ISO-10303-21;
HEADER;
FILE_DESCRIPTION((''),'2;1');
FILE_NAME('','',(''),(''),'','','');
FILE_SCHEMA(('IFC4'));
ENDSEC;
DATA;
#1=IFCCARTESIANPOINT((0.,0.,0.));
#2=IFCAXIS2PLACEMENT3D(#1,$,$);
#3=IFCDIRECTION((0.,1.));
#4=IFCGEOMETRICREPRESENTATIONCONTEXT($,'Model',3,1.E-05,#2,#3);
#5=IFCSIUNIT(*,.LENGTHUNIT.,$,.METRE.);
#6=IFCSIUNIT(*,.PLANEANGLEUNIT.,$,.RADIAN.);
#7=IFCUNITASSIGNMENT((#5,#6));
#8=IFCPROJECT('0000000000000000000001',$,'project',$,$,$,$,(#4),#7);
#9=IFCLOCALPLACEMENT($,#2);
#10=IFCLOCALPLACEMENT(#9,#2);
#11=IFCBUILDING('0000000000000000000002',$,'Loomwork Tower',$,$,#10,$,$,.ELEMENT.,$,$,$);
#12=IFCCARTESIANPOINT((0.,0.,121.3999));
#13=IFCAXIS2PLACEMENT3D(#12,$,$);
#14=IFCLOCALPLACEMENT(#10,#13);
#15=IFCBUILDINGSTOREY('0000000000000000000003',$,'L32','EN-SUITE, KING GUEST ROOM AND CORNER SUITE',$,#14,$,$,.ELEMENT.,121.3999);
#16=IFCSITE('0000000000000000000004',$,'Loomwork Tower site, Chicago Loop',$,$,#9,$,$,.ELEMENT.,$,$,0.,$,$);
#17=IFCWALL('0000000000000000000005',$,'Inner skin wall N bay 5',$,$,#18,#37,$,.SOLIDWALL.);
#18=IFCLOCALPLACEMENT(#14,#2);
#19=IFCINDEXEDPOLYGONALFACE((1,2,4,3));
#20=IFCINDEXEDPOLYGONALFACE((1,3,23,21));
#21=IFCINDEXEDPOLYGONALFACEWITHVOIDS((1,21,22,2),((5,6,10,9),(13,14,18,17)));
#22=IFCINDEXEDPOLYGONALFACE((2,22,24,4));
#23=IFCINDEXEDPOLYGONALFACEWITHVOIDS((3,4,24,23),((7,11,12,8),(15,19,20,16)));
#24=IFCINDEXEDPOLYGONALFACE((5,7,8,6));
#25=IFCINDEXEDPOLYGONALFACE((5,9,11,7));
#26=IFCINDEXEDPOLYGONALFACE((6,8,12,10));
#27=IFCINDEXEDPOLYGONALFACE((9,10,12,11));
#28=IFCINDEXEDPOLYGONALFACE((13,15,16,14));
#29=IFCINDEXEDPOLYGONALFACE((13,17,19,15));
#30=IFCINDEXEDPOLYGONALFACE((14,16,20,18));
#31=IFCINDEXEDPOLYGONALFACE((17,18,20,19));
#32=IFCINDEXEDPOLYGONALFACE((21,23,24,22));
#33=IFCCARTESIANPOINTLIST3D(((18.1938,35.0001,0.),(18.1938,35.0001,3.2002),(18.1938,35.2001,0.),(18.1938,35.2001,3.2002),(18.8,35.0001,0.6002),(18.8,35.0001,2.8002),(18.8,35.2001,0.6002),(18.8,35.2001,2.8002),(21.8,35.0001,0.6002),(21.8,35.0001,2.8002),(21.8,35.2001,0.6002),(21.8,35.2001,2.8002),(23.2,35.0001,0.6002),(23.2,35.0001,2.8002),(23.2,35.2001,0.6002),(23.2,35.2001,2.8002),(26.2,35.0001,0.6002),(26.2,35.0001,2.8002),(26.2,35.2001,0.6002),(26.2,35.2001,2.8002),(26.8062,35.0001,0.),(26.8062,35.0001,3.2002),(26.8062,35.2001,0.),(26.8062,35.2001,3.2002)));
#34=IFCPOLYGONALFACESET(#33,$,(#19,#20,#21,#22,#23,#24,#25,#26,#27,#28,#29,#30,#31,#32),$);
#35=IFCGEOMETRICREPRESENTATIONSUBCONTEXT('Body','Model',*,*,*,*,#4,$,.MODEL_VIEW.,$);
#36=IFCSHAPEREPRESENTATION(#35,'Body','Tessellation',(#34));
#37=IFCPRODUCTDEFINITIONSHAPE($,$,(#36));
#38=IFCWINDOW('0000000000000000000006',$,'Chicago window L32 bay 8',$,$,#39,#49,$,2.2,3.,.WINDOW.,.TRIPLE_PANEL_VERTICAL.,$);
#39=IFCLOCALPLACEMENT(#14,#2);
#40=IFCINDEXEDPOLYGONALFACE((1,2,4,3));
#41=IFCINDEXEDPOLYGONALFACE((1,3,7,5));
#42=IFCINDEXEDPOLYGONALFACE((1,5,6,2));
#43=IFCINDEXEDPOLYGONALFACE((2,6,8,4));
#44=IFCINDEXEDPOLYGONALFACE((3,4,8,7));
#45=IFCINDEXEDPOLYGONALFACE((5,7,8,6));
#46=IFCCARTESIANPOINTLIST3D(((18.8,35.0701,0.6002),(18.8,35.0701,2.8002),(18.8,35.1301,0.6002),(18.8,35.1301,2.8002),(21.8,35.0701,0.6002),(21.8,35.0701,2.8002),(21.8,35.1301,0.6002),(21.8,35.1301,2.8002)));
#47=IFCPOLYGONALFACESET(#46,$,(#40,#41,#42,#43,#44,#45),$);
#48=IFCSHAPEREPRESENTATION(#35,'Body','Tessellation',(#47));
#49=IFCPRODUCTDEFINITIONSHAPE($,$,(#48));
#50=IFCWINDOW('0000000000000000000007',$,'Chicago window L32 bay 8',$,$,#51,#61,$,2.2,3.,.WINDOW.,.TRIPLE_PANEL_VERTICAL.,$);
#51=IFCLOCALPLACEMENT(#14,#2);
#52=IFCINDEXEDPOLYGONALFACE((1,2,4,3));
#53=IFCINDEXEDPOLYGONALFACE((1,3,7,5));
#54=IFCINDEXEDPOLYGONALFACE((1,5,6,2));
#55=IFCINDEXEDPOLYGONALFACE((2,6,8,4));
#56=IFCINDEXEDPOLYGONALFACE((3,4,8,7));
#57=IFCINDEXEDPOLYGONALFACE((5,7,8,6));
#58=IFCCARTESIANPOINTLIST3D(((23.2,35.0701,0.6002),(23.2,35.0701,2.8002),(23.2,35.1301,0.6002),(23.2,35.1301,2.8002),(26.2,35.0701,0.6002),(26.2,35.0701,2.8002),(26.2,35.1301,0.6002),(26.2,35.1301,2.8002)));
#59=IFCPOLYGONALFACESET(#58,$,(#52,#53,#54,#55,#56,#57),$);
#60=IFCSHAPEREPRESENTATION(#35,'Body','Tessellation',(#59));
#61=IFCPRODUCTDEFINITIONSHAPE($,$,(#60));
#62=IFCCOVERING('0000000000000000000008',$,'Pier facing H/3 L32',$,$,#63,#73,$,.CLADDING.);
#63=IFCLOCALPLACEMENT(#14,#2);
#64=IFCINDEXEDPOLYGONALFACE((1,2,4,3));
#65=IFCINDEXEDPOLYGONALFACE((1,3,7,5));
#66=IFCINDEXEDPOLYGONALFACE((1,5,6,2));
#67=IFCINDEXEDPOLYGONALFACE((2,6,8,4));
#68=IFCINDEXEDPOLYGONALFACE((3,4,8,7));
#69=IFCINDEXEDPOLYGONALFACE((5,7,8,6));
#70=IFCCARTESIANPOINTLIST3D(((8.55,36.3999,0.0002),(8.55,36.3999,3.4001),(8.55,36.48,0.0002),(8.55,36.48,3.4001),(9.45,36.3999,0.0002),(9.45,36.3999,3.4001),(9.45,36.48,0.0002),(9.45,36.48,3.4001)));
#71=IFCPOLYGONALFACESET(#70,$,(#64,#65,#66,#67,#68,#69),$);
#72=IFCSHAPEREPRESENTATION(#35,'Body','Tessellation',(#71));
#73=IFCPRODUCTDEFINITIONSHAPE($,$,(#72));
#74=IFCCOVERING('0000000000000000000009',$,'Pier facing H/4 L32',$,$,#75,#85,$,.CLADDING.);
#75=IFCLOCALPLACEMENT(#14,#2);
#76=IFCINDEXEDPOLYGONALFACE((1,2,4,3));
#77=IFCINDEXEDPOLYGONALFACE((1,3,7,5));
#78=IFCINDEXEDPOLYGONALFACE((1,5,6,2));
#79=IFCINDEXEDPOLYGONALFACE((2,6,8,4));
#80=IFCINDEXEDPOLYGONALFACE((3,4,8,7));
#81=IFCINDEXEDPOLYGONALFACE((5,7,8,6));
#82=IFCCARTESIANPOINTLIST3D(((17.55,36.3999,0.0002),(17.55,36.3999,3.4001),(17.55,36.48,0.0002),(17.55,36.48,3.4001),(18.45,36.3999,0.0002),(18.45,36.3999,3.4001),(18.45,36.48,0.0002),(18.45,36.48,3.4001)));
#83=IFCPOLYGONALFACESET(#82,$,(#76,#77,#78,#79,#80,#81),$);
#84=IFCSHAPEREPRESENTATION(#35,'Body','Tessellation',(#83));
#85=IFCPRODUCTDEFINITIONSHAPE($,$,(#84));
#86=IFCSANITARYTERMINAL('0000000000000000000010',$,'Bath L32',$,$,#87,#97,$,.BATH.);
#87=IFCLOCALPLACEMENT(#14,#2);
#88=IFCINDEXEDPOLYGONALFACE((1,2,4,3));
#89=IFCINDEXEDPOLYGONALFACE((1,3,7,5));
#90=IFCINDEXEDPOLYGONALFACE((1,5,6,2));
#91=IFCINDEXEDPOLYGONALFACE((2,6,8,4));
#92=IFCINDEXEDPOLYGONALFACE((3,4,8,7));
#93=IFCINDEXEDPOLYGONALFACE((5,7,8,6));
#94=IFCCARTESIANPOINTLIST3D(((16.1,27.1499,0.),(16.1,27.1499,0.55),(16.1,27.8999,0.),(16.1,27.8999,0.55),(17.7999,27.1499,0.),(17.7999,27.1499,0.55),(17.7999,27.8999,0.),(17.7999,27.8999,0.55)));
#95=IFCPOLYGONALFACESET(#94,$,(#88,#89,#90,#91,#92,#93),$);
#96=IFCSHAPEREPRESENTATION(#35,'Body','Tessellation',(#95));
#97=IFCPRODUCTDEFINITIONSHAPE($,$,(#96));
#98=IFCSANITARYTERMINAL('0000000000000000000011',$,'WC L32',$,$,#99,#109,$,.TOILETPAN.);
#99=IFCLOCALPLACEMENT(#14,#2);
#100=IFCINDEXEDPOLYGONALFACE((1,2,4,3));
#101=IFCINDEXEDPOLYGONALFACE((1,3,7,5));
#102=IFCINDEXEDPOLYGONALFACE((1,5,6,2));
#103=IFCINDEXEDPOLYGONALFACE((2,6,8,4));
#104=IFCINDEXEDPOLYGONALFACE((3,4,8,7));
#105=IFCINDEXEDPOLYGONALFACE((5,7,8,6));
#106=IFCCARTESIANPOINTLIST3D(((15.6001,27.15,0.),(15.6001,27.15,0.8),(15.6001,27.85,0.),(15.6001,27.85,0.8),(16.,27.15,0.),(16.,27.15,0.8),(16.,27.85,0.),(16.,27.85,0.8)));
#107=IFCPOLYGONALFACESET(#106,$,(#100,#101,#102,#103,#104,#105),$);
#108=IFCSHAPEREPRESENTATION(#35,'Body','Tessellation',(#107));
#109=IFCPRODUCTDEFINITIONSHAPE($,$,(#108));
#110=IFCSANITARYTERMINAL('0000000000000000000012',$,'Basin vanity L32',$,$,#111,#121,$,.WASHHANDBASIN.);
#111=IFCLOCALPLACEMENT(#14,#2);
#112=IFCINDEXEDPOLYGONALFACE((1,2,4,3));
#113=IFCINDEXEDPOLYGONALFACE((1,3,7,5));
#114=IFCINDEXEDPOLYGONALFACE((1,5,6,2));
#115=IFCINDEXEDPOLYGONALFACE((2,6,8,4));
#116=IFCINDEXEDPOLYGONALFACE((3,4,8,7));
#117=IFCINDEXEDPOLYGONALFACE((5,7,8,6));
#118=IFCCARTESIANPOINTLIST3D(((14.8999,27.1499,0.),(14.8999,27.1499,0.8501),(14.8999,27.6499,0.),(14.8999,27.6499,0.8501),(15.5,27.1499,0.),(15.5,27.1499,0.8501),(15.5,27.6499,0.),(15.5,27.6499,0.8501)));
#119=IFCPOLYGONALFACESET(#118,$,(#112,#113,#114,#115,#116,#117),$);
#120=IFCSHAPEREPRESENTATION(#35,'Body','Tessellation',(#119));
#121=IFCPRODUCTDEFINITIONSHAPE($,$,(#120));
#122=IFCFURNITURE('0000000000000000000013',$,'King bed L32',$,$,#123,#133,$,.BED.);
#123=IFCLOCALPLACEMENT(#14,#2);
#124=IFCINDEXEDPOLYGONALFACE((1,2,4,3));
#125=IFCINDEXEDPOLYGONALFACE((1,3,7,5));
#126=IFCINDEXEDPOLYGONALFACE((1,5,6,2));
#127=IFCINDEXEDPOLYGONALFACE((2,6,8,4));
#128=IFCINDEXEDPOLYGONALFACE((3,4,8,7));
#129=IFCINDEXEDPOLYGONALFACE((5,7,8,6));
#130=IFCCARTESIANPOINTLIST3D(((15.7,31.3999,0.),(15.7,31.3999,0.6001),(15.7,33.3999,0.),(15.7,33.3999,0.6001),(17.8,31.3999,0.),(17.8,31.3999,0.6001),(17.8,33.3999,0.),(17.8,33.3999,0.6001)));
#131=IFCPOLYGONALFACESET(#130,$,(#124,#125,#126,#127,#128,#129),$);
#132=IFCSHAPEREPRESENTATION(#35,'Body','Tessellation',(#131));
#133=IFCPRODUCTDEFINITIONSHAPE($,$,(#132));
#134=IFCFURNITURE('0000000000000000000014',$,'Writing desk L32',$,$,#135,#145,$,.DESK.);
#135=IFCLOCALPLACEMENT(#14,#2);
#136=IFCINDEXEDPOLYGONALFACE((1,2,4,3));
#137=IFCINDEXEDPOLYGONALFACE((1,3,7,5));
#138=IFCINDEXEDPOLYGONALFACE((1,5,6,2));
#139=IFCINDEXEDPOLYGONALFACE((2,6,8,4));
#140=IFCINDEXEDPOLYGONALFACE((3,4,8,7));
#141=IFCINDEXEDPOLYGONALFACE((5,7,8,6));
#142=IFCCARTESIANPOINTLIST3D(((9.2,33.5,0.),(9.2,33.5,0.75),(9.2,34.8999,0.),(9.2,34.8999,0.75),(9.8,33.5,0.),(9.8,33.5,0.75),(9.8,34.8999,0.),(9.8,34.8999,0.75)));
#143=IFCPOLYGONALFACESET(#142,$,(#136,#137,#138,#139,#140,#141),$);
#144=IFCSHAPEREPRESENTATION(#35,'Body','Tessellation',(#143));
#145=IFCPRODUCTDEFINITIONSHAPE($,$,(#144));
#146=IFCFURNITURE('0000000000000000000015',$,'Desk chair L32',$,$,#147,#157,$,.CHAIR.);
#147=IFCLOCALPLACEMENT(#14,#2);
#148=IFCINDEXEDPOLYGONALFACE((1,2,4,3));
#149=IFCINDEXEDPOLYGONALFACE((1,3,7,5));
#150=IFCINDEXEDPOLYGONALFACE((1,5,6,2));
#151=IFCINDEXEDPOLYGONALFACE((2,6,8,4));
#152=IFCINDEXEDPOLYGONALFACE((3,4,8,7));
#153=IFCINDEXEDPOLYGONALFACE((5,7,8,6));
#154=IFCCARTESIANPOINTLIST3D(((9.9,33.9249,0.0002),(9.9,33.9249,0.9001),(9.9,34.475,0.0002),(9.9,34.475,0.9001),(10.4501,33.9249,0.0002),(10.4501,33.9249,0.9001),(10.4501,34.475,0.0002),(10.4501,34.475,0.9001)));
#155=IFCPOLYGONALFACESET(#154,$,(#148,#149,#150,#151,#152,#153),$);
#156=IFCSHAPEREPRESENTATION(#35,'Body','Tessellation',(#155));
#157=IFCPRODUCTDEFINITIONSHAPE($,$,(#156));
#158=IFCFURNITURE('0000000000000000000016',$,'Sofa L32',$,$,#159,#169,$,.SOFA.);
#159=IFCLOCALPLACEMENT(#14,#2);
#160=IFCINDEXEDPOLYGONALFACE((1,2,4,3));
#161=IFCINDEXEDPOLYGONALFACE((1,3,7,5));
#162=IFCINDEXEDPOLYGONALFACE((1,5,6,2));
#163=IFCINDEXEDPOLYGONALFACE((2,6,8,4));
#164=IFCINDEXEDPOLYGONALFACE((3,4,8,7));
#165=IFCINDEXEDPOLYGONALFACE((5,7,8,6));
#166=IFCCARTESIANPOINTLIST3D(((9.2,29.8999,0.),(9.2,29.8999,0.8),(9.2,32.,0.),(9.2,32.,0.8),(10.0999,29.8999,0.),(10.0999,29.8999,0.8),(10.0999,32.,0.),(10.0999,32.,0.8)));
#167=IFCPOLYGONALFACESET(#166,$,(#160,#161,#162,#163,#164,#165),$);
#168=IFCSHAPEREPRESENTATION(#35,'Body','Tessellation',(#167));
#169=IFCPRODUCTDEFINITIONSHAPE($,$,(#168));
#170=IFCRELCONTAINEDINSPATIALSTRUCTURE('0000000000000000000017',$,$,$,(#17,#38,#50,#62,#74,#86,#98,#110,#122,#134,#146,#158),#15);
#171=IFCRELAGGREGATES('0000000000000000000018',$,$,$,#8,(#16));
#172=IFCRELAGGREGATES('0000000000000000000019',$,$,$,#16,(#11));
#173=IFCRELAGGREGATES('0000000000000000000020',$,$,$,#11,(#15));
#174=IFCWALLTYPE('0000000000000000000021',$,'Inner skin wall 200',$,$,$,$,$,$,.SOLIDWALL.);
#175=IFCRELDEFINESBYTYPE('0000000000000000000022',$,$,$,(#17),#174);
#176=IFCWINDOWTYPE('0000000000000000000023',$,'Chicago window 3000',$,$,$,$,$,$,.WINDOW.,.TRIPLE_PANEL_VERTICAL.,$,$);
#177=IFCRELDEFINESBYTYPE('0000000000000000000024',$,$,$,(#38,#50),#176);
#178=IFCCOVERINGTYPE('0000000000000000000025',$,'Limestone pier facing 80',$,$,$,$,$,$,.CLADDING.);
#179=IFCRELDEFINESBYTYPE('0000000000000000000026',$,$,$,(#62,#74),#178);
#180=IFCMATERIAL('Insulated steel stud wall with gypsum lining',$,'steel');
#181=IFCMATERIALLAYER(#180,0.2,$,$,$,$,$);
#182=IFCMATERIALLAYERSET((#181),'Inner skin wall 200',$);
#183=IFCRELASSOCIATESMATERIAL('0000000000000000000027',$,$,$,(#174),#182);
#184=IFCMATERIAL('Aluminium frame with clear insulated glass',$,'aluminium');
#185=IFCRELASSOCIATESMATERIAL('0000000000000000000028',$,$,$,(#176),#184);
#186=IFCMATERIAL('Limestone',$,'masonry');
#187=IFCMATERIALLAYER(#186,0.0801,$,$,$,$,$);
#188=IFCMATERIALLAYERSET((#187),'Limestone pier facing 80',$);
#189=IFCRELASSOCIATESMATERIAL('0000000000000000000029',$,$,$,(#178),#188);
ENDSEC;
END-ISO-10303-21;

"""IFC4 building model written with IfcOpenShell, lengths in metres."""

from ifc_helpers import new_model, si_unit, direction, frame, frame_2d, origin, origin_2d, place, context, subcontext, project, spatial, rectangle, extrude, material, layer, layer_set, type_object, element, fill, save


model = new_model("IFC4")

# Units and contexts
model_context = context("Model", 3, precision=1e-05, world=origin(), true_north=direction((0.0, 1.0)))
body_context = subcontext(model_context, "Body", "Model", "MODEL_VIEW")
ifc_project = project(units=[si_unit("LENGTHUNIT", "METRE"), si_unit("PLANEANGLEUNIT", "RADIAN")], contexts=[model_context])

# Site, building, storey
site_placement = place(None, origin())
site = spatial("IfcSite", under=ifc_project, at=site_placement, Name="Loomwork Tower site, Chicago Loop", CompositionType="ELEMENT", RefElevation=0.0)
building_placement = place(site_placement, origin())
building = spatial("IfcBuilding", under=site, at=building_placement, Name="Loomwork Tower", CompositionType="ELEMENT")
storey_placement = place(building_placement, frame((0.0, 0.0, 121.3999)))
storey = spatial("IfcBuildingStorey", under=building, at=storey_placement, Name="L32", Description="EN-SUITE, KING GUEST ROOM AND CORNER SUITE", CompositionType="ELEMENT", Elevation=121.3999)

# Shared definitions
ifc_material_1 = material(Name="Insulated steel stud wall with gypsum lining", Category="steel")
ifc_layer_1 = layer(ifc_material_1, 0.2)
ifc_layer_set_1 = layer_set([ifc_layer_1], Name="Inner skin wall 200")
wall_type_1 = type_object("IfcWallType", Name="Inner skin wall 200", PredefinedType="SOLIDWALL", material=ifc_layer_set_1)

# Shared definitions
ifc_material_2 = material(Name="Aluminium frame with clear insulated glass", Category="aluminium")
window_type = type_object("IfcWindowType", Name="Chicago window 3000", PartitioningType="TRIPLE_PANEL_VERTICAL", PredefinedType="WINDOW", material=ifc_material_2)

# Wall, openings, windows
wall_1_placement = place(storey_placement, frame((18.1938, 35.1001, 0.0), z_axis=(0.0, 0.0, 1.0), x_axis=(1.0, 0.0, 0.0)))
wall_1 = element("IfcWall", 1, at=wall_1_placement, inside=storey, type_object=wall_type_1, Name="Inner skin wall N bay 5", PredefinedType="SOLIDWALL", context=body_context, shape_type="SweptSolid", body=[
    extrude(rectangle(XDim=8.6123, YDim=0.2, at=frame_2d((4.3062, 0.0))), origin(), (0.0, 0.0, 1.0), 3.2002),
])
opening_1_placement = place(wall_1_placement, frame((0.6062, 0.0, 0.6001)))
opening_1 = element("IfcOpeningElement", 2, at=opening_1_placement, cuts=wall_1, PredefinedType="OPENING", context=body_context, shape_type="SweptSolid", body=[
    extrude(rectangle(XDim=3.0, YDim=2.2, at=frame_2d((1.5, 1.1001))), frame((0.0, 0.1099, 0.0), z_axis=(0.0, -1.0, 0.0), x_axis=(1.0, 0.0, 0.0)), (0.0, 0.0, 1.0), 0.22),
])
opening_2_placement = place(wall_1_placement, frame((5.0061, 0.0, 0.6001)))
opening_2 = element("IfcOpeningElement", 3, at=opening_2_placement, cuts=wall_1, PredefinedType="OPENING", context=body_context, shape_type="SweptSolid", body=[
    extrude(rectangle(XDim=3.0, YDim=2.2, at=frame_2d((1.5, 1.1001))), frame((0.0, 0.1099, 0.0), z_axis=(0.0, -1.0, 0.0), x_axis=(1.0, 0.0, 0.0)), (0.0, 0.0, 1.0), 0.22),
])
window_1_placement = place(opening_1_placement, origin())
window_1 = element("IfcWindow", 4, at=window_1_placement, inside=storey, type_object=window_type, Name="Chicago window L32 bay 8", OverallHeight=2.2, OverallWidth=3.0, PartitioningType="TRIPLE_PANEL_VERTICAL", PredefinedType="WINDOW", context=body_context, shape_type="SweptSolid", body=[
    extrude(rectangle(XDim=3.0, YDim=2.2, at=frame_2d((1.5, 1.1001))), frame((0.0, 0.03, 0.0), z_axis=(0.0, -1.0, 0.0), x_axis=(1.0, 0.0, 0.0)), (0.0, 0.0, 1.0), 0.0601),
])
fill(opening_1, window_1)
window_2_placement = place(opening_2_placement, origin())
window_2 = element("IfcWindow", 5, at=window_2_placement, inside=storey, type_object=window_type, Name="Chicago window L32 bay 8", OverallHeight=2.2, OverallWidth=3.0, PartitioningType="TRIPLE_PANEL_VERTICAL", PredefinedType="WINDOW", context=body_context, shape_type="SweptSolid", body=[
    extrude(rectangle(XDim=3.0, YDim=2.2, at=frame_2d((1.5, 1.1001))), frame((0.0, 0.03, 0.0), z_axis=(0.0, -1.0, 0.0), x_axis=(1.0, 0.0, 0.0)), (0.0, 0.0, 1.0), 0.0601),
])
fill(opening_2, window_2)

# Coverings
ifc_material_3 = material(Name="Limestone", Category="masonry")
ifc_layer_2 = layer(ifc_material_3, 0.0801)
ifc_layer_set_2 = layer_set([ifc_layer_2], Name="Limestone pier facing 80")
covering_type = type_object("IfcCoveringType", Name="Limestone pier facing 80", PredefinedType="CLADDING", material=ifc_layer_set_2)
for number, where, z_axis, x_axis, name in (
    (6, (9.0, 36.4399, 0.0002), (0.0, 0.0, 1.0), (1.0, 0.0, 0.0), "Pier facing H/3 L32"),
    (7, (18.0, 36.4399, 0.0002), (0.0, 0.0, 1.0), (1.0, 0.0, 0.0), "Pier facing H/4 L32"),
):
    element("IfcCovering", number, at=place(storey_placement, frame(where, z_axis=z_axis, x_axis=x_axis)), inside=storey, type_object=covering_type, Name=name, PredefinedType="CLADDING", context=body_context, shape_type="SweptSolid", body=[
        extrude(rectangle(XDim=0.8999, YDim=0.0801, at=origin_2d()), origin(), (0.0, 0.0, 1.0), 3.3999),
    ])

# Sanitary terminals
sanitary_terminal_1_placement = place(storey_placement, frame((16.95, 27.5249, 0.0), z_axis=(0.0, 0.0, 1.0), x_axis=(1.0, 0.0, 0.0)))
element("IfcSanitaryTerminal", 8, at=sanitary_terminal_1_placement, inside=storey, Name="Bath L32", PredefinedType="BATH", context=body_context, shape_type="SweptSolid", body=[
    extrude(rectangle(XDim=1.7, YDim=0.75, at=origin_2d()), origin(), (0.0, 0.0, 1.0), 0.55),
])
sanitary_terminal_2_placement = place(storey_placement, frame((15.8, 27.5, 0.0), z_axis=(0.0, 0.0, 1.0), x_axis=(1.0, 0.0, 0.0)))
element("IfcSanitaryTerminal", 9, at=sanitary_terminal_2_placement, inside=storey, Name="WC L32", PredefinedType="TOILETPAN", context=body_context, shape_type="SweptSolid", body=[
    extrude(rectangle(XDim=0.3999, YDim=0.7, at=origin_2d()), origin(), (0.0, 0.0, 1.0), 0.8),
])
sanitary_terminal_3_placement = place(storey_placement, frame((15.2, 27.3999, 0.0), z_axis=(0.0, 0.0, 1.0), x_axis=(1.0, 0.0, 0.0)))
element("IfcSanitaryTerminal", 10, at=sanitary_terminal_3_placement, inside=storey, Name="Basin vanity L32", PredefinedType="WASHHANDBASIN", context=body_context, shape_type="SweptSolid", body=[
    extrude(rectangle(XDim=0.6001, YDim=0.5, at=origin_2d()), origin(), (0.0, 0.0, 1.0), 0.8501),
])

# Furniture
furniture_1_placement = place(storey_placement, frame((16.75, 32.3999, 0.0), z_axis=(0.0, 0.0, 1.0), x_axis=(1.0, 0.0, 0.0)))
element("IfcFurniture", 11, at=furniture_1_placement, inside=storey, Name="King bed L32", PredefinedType="BED", context=body_context, shape_type="SweptSolid", body=[
    extrude(rectangle(XDim=2.1001, YDim=2.0, at=origin_2d()), origin(), (0.0, 0.0, 1.0), 0.6001),
])
furniture_2_placement = place(storey_placement, frame((9.5, 34.2, 0.0), z_axis=(0.0, 0.0, 1.0), x_axis=(1.0, 0.0, 0.0)))
element("IfcFurniture", 12, at=furniture_2_placement, inside=storey, Name="Writing desk L32", PredefinedType="DESK", context=body_context, shape_type="SweptSolid", body=[
    extrude(rectangle(XDim=0.6001, YDim=1.3999, at=origin_2d()), origin(), (0.0, 0.0, 1.0), 0.75),
])
furniture_3_placement = place(storey_placement, frame((10.175, 34.2, 0.0002), z_axis=(0.0, 0.0, 1.0), x_axis=(1.0, 0.0, 0.0)))
element("IfcFurniture", 13, at=furniture_3_placement, inside=storey, Name="Desk chair L32", PredefinedType="CHAIR", context=body_context, shape_type="SweptSolid", body=[
    extrude(rectangle(XDim=0.55, YDim=0.55, at=origin_2d()), origin(), (0.0, 0.0, 1.0), 0.8999),
])
furniture_4_placement = place(storey_placement, frame((9.6499, 30.95, 0.0), z_axis=(0.0, 0.0, 1.0), x_axis=(1.0, 0.0, 0.0)))
element("IfcFurniture", 14, at=furniture_4_placement, inside=storey, Name="Sofa L32", PredefinedType="SOFA", context=body_context, shape_type="SweptSolid", body=[
    extrude(rectangle(XDim=0.8999, YDim=2.1001, at=origin_2d()), origin(), (0.0, 0.0, 1.0), 0.8),
])

save(model, "model.ifc")
